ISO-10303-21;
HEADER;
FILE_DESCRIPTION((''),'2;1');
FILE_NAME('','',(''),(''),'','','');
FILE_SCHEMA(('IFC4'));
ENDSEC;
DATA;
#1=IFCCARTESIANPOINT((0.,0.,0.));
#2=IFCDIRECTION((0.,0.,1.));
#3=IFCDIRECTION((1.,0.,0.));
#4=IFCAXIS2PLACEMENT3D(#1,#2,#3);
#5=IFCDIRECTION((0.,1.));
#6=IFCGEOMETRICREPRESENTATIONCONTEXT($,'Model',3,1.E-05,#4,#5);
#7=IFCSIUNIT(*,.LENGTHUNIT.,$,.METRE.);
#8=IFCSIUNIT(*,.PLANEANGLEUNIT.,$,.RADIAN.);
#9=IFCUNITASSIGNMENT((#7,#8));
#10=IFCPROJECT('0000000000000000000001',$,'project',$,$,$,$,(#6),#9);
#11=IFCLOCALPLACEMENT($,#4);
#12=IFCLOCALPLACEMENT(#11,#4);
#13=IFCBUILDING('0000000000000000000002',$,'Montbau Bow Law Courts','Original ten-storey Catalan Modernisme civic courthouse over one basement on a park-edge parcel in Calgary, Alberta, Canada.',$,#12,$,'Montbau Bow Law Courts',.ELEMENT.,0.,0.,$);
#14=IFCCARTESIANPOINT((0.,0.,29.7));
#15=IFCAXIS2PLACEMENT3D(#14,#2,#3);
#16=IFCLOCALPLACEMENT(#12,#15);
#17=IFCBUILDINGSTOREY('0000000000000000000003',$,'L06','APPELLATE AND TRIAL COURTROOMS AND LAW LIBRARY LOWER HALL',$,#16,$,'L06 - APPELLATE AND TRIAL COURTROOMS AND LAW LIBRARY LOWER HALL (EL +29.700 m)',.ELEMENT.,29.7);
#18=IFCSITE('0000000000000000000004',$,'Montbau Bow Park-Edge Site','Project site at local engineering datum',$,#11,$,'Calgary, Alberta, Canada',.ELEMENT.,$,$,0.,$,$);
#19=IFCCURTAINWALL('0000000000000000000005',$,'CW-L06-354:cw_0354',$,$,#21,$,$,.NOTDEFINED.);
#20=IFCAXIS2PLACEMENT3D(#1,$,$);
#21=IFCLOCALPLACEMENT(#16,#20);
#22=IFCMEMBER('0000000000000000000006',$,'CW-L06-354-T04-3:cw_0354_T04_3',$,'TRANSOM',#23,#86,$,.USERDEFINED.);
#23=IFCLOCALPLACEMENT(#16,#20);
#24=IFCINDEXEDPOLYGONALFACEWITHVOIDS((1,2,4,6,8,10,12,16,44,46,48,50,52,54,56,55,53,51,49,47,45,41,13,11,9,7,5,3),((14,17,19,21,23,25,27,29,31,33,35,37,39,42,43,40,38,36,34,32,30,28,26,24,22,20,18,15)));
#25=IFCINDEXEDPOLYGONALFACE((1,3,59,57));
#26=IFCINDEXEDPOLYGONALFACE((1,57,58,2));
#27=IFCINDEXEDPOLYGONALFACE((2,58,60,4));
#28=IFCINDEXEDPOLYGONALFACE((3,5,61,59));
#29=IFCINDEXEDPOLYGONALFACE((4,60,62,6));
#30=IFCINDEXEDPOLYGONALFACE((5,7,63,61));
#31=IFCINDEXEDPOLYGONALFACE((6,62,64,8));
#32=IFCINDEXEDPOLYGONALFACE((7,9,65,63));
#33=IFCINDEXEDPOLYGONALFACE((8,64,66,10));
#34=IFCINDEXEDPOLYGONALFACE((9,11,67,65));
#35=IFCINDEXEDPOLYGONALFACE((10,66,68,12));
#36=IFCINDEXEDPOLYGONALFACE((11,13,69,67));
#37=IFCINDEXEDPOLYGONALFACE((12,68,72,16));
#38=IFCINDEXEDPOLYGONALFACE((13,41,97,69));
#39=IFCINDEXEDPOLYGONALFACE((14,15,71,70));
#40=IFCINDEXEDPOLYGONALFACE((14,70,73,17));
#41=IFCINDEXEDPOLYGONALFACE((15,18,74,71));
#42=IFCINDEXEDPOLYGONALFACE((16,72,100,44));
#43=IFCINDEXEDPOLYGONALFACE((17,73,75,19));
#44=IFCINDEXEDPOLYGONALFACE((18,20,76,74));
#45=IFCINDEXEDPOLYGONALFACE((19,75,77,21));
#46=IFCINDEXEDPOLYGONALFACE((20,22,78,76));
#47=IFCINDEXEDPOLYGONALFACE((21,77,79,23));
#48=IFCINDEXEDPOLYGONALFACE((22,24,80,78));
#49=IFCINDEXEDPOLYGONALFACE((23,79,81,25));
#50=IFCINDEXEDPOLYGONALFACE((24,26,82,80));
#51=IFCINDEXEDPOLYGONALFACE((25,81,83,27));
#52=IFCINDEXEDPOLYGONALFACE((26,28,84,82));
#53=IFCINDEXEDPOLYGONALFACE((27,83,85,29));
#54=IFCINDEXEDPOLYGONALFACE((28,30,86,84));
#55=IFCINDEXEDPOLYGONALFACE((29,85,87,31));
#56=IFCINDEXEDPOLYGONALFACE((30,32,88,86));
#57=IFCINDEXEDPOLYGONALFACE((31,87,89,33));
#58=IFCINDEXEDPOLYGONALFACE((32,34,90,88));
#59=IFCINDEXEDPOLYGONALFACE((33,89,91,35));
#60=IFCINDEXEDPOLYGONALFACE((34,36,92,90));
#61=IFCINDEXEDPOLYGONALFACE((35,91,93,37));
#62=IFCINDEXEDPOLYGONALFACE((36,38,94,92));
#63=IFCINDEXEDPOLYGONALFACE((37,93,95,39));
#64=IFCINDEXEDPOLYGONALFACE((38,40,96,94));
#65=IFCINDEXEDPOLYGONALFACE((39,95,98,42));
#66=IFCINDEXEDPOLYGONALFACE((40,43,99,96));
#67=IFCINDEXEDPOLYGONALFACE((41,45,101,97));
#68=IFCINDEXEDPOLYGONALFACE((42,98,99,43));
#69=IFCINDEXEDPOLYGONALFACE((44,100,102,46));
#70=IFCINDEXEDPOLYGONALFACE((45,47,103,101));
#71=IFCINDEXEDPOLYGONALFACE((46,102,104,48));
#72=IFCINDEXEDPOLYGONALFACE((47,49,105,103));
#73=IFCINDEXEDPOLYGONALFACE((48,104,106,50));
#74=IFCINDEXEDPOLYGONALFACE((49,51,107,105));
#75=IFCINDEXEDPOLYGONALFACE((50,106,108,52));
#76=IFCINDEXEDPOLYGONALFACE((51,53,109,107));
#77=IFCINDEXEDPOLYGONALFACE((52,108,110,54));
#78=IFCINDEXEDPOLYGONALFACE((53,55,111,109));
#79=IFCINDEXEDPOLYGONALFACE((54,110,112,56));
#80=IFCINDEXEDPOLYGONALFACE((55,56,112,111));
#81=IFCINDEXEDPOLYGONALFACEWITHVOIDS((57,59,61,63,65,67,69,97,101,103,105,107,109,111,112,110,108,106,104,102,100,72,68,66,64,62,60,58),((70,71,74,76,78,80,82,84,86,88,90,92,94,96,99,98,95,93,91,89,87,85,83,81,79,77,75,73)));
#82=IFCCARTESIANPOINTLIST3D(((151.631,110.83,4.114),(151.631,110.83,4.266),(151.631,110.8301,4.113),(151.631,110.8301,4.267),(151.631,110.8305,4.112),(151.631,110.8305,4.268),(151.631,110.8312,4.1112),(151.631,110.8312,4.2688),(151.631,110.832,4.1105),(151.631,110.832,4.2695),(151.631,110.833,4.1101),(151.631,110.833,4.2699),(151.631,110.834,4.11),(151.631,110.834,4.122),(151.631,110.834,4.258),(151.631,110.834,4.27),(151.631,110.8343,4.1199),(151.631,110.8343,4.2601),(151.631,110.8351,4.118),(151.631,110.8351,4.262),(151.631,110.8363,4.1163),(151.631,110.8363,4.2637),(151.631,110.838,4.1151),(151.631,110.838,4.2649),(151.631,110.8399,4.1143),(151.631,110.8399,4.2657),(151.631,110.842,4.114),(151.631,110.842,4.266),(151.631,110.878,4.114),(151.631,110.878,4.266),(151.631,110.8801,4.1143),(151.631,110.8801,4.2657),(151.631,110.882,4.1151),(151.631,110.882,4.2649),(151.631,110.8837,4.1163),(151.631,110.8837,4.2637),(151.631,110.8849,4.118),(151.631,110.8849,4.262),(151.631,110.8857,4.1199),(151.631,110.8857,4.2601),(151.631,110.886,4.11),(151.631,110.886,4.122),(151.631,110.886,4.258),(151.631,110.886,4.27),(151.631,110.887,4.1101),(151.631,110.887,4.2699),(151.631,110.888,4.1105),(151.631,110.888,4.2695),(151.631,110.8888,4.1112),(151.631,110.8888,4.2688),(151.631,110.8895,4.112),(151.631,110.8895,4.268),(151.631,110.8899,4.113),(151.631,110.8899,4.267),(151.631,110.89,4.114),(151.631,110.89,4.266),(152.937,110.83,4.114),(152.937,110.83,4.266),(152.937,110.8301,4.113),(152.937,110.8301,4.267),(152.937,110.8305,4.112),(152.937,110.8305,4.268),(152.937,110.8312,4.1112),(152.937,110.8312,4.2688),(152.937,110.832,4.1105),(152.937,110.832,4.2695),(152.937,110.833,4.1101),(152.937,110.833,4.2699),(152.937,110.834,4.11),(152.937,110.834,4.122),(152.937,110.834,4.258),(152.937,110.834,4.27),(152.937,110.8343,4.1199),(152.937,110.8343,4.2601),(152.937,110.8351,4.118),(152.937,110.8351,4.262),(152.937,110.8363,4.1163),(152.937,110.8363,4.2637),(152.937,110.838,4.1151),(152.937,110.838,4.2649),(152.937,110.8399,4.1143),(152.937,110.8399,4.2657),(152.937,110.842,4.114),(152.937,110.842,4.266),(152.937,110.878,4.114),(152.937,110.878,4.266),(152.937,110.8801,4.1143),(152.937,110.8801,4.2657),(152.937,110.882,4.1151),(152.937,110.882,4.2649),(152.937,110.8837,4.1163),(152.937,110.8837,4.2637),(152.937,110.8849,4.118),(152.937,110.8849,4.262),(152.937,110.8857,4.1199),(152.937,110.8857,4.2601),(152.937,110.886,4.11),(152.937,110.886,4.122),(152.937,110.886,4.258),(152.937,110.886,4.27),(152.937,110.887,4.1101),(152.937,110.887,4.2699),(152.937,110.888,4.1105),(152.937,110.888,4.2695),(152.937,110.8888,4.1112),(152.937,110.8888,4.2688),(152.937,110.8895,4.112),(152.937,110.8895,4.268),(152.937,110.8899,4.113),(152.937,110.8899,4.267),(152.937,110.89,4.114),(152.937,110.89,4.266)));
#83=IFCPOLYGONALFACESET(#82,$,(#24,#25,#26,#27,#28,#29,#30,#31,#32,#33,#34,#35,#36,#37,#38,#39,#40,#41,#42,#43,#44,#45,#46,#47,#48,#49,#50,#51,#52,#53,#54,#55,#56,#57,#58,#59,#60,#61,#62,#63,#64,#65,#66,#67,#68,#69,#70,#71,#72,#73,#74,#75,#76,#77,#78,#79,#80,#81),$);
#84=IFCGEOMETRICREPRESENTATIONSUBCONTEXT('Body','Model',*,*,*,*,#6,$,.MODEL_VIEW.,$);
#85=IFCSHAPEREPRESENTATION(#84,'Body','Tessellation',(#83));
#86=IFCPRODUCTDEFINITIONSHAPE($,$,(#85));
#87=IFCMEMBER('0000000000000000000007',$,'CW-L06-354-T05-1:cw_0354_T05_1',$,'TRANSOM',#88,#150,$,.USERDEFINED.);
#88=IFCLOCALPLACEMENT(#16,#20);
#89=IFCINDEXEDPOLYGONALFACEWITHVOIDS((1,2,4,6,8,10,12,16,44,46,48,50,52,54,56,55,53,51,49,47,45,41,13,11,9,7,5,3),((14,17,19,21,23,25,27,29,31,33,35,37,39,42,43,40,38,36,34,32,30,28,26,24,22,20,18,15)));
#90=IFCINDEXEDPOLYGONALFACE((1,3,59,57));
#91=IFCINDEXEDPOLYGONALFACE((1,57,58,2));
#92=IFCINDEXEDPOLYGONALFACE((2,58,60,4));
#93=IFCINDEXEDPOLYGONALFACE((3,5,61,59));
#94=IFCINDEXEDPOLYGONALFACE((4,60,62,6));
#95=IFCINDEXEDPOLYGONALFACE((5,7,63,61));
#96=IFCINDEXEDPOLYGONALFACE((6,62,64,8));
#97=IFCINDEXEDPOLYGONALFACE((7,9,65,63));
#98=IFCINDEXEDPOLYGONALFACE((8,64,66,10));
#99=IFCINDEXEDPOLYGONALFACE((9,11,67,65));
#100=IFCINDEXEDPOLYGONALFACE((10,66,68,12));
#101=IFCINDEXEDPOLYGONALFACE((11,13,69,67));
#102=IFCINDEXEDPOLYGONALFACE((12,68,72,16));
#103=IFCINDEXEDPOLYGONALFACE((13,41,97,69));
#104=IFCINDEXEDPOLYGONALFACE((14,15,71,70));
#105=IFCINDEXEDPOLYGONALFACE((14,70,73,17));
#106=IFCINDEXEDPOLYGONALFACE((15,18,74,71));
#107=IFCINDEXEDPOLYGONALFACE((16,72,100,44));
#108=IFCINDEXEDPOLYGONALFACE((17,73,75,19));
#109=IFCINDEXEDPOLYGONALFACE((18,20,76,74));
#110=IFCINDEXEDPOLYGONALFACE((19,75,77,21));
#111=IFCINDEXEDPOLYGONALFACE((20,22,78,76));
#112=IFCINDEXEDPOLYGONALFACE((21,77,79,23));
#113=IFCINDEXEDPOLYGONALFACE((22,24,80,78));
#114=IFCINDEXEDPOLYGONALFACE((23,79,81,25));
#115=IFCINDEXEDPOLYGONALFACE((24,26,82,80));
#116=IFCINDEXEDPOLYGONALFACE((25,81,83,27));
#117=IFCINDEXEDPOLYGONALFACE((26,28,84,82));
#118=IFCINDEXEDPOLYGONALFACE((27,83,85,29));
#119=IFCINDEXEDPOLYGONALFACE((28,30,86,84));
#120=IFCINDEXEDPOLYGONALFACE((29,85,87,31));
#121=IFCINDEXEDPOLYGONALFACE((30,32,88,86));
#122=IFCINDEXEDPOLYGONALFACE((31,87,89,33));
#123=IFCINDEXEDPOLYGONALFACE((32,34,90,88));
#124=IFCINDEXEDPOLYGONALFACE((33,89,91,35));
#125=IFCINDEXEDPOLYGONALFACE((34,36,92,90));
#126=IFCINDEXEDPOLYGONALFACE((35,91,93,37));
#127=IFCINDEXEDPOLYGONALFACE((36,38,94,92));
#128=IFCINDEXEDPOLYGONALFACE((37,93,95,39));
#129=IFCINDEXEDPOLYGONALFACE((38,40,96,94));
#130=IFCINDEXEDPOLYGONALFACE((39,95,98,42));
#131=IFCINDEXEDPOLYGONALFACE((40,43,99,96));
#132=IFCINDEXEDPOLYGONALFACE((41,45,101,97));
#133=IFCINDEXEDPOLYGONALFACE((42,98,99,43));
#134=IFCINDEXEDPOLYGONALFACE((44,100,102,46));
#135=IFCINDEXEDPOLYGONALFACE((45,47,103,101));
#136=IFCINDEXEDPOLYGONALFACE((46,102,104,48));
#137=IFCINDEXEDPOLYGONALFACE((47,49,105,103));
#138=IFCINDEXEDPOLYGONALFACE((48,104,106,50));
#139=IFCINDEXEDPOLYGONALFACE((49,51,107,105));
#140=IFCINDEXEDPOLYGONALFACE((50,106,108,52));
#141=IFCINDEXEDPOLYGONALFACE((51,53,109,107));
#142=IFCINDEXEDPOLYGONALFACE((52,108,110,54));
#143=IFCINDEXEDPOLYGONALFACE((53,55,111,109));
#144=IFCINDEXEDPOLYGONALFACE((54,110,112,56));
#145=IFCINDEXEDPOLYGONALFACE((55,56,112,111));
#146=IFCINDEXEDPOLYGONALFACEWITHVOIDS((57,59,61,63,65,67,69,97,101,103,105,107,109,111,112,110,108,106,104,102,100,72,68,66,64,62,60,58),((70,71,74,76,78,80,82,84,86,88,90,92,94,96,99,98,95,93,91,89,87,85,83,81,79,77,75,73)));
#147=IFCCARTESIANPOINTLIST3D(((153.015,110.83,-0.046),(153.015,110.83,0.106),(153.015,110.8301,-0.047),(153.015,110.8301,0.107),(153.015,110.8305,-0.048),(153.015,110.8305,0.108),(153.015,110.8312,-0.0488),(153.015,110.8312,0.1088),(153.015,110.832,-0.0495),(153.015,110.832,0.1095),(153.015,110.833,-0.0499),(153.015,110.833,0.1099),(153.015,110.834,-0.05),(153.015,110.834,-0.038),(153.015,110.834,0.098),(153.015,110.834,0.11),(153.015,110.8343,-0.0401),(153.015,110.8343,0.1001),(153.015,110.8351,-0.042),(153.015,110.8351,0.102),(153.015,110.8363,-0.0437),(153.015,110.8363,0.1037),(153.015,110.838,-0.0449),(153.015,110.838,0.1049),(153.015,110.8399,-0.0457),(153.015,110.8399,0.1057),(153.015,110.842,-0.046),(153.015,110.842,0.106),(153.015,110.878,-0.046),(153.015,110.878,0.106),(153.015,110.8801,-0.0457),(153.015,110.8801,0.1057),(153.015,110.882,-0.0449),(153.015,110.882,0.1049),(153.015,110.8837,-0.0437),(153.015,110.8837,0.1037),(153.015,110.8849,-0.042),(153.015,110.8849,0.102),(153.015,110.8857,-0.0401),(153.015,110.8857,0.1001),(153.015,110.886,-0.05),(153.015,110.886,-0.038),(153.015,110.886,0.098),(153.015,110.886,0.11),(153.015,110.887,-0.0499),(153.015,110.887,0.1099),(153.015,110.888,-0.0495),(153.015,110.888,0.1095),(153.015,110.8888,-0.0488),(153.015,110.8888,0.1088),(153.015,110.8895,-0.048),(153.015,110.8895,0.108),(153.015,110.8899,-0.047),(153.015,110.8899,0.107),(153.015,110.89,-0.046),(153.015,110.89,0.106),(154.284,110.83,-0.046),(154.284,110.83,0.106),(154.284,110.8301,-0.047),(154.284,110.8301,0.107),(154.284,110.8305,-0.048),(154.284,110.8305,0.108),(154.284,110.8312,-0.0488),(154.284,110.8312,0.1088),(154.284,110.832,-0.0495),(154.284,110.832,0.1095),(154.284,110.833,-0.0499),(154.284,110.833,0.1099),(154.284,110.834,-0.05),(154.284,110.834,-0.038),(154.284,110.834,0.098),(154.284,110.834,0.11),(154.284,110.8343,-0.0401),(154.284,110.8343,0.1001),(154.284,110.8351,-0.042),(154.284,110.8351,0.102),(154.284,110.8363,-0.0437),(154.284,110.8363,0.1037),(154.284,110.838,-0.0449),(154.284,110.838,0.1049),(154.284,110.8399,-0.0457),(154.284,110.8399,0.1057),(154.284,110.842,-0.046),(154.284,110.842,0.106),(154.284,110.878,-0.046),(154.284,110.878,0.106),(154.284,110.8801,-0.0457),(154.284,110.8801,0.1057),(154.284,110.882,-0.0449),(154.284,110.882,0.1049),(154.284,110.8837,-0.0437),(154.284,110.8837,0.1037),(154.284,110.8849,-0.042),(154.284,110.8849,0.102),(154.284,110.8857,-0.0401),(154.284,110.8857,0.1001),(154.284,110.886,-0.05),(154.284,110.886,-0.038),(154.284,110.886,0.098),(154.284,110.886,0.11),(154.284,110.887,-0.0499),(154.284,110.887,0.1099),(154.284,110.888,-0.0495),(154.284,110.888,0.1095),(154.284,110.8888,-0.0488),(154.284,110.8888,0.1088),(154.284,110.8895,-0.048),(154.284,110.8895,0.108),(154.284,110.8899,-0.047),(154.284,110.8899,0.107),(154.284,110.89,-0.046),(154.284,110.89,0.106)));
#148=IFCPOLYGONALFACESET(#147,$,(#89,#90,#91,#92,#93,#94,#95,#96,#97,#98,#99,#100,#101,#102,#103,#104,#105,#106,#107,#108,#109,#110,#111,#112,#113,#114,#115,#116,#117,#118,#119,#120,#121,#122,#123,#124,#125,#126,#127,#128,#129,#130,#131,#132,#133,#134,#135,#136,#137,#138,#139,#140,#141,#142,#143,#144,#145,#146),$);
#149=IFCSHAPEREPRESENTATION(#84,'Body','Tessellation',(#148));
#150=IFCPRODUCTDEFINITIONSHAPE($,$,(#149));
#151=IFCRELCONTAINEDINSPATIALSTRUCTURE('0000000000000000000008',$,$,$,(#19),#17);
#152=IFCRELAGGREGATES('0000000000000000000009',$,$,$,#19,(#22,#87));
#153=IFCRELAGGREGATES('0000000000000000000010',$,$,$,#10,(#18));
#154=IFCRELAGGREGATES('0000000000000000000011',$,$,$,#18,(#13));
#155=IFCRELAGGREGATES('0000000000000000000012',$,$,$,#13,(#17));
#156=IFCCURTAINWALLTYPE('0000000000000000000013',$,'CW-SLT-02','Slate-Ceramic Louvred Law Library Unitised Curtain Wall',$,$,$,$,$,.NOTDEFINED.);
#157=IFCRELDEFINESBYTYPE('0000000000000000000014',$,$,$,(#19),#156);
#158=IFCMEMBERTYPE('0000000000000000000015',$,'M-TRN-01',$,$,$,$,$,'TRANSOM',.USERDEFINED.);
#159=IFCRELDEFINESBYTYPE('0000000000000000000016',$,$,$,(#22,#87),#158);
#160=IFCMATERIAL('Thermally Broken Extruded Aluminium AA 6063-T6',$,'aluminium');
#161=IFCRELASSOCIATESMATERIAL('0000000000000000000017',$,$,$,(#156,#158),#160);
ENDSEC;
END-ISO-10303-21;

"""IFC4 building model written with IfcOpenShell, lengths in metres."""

from ifc_helpers import new_model, si_unit, direction, frame, origin_with_axes, origin_2d_with_axis, place, context, subcontext, project, spatial, hollow_rectangle, extrude, material, material_profile, profile_set, type_object, element, aggregate, save


model = new_model("IFC4")

# Units and contexts
model_context = context("Model", 3, precision=1e-05, world=origin_with_axes(), true_north=direction((0.0, 1.0)))
body_context = subcontext(model_context, "Body", "Model", "MODEL_VIEW")
ifc_project = project(units=[si_unit("LENGTHUNIT", "METRE"), si_unit("PLANEANGLEUNIT", "RADIAN")], contexts=[model_context])

# Site, building, storey
site_placement = place(None, origin_with_axes())
site = spatial("IfcSite", under=ifc_project, at=site_placement, Name="Montbau Bow Park-Edge Site", Description="Project site at local engineering datum", LongName="Calgary, Alberta, Canada", CompositionType="ELEMENT", RefElevation=0.0)
building_placement = place(site_placement, origin_with_axes())
building = spatial("IfcBuilding", under=site, at=building_placement, Name="Montbau Bow Law Courts", Description="Original ten-storey Catalan Modernisme civic courthouse over one basement on a park-edge parcel in Calgary, Alberta, Canada.", LongName="Montbau Bow Law Courts", CompositionType="ELEMENT", ElevationOfRefHeight=0.0, ElevationOfTerrain=0.0)
storey_placement = place(building_placement, frame((0.0, 0.0, 29.7), z_axis=(0.0, 0.0, 1.0), x_axis=(1.0, 0.0, 0.0)))
storey = spatial("IfcBuildingStorey", under=building, at=storey_placement, Name="L06", Description="APPELLATE AND TRIAL COURTROOMS AND LAW LIBRARY LOWER HALL", LongName="L06 - APPELLATE AND TRIAL COURTROOMS AND LAW LIBRARY LOWER HALL (EL +29.700 m)", CompositionType="ELEMENT", Elevation=29.7)

# Curtain wall, members
ifc_material_1 = material(Name="Thermally Broken Extruded Aluminium AA 6063-T6", Category="aluminium")
curtain_wall_type = type_object("IfcCurtainWallType", Name="CW-SLT-02", Description="Slate-Ceramic Louvred Law Library Unitised Curtain Wall", PredefinedType="NOTDEFINED", material=ifc_material_1)
curtain_wall_placement = place(None, frame((147.44, 110.86, 29.7), z_axis=(0.0, 0.0, 1.0), x_axis=(1.0, 0.0, 0.0)))
curtain_wall = element("IfcCurtainWall", 1, at=curtain_wall_placement, inside=storey, type_object=curtain_wall_type, Name="CW-L06-354:cw_0354", PredefinedType="NOTDEFINED")
ifc_material_profile_1 = material_profile(ifc_material_1, hollow_rectangle(XDim=0.06, YDim=0.16, WallThickness=0.004, InnerFilletRadius=0.008, OuterFilletRadius=0.004, at=origin_2d_with_axis()), Name="CWT-160X60", Category="Main", Priority=0)
ifc_profile_set_1 = profile_set([ifc_material_profile_1], Name="Thermally Broken Extruded Aluminium AA 6063-T6")
member_type_1 = type_object("IfcMemberType", Name="M-TRN-01", ElementType="TRANSOM", PredefinedType="USERDEFINED", material=ifc_profile_set_1)
member_1_placement = place(None, frame((151.631, 110.86, 33.89), z_axis=(1.0, 0.0, 0.0), x_axis=(0.0, 1.0, 0.0)))
member_1 = element("IfcMember", 2, at=member_1_placement, type_object=member_type_1, Name="CW-L06-354-T04-3:cw_0354_T04_3", ObjectType="TRANSOM", PredefinedType="USERDEFINED", context=body_context, shape_type="SweptSolid", body=[
    extrude(hollow_rectangle(XDim=0.06, YDim=0.16, WallThickness=0.004, InnerFilletRadius=0.008, OuterFilletRadius=0.004, at=origin_2d_with_axis()), origin_with_axes(), (0.0, 0.0, 1.0), 1.306),
])
member_2_placement = place(None, frame((153.015, 110.86, 29.73), z_axis=(1.0, 0.0, 0.0), x_axis=(0.0, 1.0, 0.0)))
member_2 = element("IfcMember", 3, at=member_2_placement, type_object=member_type_1, Name="CW-L06-354-T05-1:cw_0354_T05_1", ObjectType="TRANSOM", PredefinedType="USERDEFINED", context=body_context, shape_type="SweptSolid", body=[
    extrude(hollow_rectangle(XDim=0.06, YDim=0.16, WallThickness=0.004, InnerFilletRadius=0.008, OuterFilletRadius=0.004, at=origin_2d_with_axis()), origin_with_axes(), (0.0, 0.0, 1.0), 1.269),
])
aggregate(curtain_wall, [member_1, member_2])

save(model, "model.ifc")
